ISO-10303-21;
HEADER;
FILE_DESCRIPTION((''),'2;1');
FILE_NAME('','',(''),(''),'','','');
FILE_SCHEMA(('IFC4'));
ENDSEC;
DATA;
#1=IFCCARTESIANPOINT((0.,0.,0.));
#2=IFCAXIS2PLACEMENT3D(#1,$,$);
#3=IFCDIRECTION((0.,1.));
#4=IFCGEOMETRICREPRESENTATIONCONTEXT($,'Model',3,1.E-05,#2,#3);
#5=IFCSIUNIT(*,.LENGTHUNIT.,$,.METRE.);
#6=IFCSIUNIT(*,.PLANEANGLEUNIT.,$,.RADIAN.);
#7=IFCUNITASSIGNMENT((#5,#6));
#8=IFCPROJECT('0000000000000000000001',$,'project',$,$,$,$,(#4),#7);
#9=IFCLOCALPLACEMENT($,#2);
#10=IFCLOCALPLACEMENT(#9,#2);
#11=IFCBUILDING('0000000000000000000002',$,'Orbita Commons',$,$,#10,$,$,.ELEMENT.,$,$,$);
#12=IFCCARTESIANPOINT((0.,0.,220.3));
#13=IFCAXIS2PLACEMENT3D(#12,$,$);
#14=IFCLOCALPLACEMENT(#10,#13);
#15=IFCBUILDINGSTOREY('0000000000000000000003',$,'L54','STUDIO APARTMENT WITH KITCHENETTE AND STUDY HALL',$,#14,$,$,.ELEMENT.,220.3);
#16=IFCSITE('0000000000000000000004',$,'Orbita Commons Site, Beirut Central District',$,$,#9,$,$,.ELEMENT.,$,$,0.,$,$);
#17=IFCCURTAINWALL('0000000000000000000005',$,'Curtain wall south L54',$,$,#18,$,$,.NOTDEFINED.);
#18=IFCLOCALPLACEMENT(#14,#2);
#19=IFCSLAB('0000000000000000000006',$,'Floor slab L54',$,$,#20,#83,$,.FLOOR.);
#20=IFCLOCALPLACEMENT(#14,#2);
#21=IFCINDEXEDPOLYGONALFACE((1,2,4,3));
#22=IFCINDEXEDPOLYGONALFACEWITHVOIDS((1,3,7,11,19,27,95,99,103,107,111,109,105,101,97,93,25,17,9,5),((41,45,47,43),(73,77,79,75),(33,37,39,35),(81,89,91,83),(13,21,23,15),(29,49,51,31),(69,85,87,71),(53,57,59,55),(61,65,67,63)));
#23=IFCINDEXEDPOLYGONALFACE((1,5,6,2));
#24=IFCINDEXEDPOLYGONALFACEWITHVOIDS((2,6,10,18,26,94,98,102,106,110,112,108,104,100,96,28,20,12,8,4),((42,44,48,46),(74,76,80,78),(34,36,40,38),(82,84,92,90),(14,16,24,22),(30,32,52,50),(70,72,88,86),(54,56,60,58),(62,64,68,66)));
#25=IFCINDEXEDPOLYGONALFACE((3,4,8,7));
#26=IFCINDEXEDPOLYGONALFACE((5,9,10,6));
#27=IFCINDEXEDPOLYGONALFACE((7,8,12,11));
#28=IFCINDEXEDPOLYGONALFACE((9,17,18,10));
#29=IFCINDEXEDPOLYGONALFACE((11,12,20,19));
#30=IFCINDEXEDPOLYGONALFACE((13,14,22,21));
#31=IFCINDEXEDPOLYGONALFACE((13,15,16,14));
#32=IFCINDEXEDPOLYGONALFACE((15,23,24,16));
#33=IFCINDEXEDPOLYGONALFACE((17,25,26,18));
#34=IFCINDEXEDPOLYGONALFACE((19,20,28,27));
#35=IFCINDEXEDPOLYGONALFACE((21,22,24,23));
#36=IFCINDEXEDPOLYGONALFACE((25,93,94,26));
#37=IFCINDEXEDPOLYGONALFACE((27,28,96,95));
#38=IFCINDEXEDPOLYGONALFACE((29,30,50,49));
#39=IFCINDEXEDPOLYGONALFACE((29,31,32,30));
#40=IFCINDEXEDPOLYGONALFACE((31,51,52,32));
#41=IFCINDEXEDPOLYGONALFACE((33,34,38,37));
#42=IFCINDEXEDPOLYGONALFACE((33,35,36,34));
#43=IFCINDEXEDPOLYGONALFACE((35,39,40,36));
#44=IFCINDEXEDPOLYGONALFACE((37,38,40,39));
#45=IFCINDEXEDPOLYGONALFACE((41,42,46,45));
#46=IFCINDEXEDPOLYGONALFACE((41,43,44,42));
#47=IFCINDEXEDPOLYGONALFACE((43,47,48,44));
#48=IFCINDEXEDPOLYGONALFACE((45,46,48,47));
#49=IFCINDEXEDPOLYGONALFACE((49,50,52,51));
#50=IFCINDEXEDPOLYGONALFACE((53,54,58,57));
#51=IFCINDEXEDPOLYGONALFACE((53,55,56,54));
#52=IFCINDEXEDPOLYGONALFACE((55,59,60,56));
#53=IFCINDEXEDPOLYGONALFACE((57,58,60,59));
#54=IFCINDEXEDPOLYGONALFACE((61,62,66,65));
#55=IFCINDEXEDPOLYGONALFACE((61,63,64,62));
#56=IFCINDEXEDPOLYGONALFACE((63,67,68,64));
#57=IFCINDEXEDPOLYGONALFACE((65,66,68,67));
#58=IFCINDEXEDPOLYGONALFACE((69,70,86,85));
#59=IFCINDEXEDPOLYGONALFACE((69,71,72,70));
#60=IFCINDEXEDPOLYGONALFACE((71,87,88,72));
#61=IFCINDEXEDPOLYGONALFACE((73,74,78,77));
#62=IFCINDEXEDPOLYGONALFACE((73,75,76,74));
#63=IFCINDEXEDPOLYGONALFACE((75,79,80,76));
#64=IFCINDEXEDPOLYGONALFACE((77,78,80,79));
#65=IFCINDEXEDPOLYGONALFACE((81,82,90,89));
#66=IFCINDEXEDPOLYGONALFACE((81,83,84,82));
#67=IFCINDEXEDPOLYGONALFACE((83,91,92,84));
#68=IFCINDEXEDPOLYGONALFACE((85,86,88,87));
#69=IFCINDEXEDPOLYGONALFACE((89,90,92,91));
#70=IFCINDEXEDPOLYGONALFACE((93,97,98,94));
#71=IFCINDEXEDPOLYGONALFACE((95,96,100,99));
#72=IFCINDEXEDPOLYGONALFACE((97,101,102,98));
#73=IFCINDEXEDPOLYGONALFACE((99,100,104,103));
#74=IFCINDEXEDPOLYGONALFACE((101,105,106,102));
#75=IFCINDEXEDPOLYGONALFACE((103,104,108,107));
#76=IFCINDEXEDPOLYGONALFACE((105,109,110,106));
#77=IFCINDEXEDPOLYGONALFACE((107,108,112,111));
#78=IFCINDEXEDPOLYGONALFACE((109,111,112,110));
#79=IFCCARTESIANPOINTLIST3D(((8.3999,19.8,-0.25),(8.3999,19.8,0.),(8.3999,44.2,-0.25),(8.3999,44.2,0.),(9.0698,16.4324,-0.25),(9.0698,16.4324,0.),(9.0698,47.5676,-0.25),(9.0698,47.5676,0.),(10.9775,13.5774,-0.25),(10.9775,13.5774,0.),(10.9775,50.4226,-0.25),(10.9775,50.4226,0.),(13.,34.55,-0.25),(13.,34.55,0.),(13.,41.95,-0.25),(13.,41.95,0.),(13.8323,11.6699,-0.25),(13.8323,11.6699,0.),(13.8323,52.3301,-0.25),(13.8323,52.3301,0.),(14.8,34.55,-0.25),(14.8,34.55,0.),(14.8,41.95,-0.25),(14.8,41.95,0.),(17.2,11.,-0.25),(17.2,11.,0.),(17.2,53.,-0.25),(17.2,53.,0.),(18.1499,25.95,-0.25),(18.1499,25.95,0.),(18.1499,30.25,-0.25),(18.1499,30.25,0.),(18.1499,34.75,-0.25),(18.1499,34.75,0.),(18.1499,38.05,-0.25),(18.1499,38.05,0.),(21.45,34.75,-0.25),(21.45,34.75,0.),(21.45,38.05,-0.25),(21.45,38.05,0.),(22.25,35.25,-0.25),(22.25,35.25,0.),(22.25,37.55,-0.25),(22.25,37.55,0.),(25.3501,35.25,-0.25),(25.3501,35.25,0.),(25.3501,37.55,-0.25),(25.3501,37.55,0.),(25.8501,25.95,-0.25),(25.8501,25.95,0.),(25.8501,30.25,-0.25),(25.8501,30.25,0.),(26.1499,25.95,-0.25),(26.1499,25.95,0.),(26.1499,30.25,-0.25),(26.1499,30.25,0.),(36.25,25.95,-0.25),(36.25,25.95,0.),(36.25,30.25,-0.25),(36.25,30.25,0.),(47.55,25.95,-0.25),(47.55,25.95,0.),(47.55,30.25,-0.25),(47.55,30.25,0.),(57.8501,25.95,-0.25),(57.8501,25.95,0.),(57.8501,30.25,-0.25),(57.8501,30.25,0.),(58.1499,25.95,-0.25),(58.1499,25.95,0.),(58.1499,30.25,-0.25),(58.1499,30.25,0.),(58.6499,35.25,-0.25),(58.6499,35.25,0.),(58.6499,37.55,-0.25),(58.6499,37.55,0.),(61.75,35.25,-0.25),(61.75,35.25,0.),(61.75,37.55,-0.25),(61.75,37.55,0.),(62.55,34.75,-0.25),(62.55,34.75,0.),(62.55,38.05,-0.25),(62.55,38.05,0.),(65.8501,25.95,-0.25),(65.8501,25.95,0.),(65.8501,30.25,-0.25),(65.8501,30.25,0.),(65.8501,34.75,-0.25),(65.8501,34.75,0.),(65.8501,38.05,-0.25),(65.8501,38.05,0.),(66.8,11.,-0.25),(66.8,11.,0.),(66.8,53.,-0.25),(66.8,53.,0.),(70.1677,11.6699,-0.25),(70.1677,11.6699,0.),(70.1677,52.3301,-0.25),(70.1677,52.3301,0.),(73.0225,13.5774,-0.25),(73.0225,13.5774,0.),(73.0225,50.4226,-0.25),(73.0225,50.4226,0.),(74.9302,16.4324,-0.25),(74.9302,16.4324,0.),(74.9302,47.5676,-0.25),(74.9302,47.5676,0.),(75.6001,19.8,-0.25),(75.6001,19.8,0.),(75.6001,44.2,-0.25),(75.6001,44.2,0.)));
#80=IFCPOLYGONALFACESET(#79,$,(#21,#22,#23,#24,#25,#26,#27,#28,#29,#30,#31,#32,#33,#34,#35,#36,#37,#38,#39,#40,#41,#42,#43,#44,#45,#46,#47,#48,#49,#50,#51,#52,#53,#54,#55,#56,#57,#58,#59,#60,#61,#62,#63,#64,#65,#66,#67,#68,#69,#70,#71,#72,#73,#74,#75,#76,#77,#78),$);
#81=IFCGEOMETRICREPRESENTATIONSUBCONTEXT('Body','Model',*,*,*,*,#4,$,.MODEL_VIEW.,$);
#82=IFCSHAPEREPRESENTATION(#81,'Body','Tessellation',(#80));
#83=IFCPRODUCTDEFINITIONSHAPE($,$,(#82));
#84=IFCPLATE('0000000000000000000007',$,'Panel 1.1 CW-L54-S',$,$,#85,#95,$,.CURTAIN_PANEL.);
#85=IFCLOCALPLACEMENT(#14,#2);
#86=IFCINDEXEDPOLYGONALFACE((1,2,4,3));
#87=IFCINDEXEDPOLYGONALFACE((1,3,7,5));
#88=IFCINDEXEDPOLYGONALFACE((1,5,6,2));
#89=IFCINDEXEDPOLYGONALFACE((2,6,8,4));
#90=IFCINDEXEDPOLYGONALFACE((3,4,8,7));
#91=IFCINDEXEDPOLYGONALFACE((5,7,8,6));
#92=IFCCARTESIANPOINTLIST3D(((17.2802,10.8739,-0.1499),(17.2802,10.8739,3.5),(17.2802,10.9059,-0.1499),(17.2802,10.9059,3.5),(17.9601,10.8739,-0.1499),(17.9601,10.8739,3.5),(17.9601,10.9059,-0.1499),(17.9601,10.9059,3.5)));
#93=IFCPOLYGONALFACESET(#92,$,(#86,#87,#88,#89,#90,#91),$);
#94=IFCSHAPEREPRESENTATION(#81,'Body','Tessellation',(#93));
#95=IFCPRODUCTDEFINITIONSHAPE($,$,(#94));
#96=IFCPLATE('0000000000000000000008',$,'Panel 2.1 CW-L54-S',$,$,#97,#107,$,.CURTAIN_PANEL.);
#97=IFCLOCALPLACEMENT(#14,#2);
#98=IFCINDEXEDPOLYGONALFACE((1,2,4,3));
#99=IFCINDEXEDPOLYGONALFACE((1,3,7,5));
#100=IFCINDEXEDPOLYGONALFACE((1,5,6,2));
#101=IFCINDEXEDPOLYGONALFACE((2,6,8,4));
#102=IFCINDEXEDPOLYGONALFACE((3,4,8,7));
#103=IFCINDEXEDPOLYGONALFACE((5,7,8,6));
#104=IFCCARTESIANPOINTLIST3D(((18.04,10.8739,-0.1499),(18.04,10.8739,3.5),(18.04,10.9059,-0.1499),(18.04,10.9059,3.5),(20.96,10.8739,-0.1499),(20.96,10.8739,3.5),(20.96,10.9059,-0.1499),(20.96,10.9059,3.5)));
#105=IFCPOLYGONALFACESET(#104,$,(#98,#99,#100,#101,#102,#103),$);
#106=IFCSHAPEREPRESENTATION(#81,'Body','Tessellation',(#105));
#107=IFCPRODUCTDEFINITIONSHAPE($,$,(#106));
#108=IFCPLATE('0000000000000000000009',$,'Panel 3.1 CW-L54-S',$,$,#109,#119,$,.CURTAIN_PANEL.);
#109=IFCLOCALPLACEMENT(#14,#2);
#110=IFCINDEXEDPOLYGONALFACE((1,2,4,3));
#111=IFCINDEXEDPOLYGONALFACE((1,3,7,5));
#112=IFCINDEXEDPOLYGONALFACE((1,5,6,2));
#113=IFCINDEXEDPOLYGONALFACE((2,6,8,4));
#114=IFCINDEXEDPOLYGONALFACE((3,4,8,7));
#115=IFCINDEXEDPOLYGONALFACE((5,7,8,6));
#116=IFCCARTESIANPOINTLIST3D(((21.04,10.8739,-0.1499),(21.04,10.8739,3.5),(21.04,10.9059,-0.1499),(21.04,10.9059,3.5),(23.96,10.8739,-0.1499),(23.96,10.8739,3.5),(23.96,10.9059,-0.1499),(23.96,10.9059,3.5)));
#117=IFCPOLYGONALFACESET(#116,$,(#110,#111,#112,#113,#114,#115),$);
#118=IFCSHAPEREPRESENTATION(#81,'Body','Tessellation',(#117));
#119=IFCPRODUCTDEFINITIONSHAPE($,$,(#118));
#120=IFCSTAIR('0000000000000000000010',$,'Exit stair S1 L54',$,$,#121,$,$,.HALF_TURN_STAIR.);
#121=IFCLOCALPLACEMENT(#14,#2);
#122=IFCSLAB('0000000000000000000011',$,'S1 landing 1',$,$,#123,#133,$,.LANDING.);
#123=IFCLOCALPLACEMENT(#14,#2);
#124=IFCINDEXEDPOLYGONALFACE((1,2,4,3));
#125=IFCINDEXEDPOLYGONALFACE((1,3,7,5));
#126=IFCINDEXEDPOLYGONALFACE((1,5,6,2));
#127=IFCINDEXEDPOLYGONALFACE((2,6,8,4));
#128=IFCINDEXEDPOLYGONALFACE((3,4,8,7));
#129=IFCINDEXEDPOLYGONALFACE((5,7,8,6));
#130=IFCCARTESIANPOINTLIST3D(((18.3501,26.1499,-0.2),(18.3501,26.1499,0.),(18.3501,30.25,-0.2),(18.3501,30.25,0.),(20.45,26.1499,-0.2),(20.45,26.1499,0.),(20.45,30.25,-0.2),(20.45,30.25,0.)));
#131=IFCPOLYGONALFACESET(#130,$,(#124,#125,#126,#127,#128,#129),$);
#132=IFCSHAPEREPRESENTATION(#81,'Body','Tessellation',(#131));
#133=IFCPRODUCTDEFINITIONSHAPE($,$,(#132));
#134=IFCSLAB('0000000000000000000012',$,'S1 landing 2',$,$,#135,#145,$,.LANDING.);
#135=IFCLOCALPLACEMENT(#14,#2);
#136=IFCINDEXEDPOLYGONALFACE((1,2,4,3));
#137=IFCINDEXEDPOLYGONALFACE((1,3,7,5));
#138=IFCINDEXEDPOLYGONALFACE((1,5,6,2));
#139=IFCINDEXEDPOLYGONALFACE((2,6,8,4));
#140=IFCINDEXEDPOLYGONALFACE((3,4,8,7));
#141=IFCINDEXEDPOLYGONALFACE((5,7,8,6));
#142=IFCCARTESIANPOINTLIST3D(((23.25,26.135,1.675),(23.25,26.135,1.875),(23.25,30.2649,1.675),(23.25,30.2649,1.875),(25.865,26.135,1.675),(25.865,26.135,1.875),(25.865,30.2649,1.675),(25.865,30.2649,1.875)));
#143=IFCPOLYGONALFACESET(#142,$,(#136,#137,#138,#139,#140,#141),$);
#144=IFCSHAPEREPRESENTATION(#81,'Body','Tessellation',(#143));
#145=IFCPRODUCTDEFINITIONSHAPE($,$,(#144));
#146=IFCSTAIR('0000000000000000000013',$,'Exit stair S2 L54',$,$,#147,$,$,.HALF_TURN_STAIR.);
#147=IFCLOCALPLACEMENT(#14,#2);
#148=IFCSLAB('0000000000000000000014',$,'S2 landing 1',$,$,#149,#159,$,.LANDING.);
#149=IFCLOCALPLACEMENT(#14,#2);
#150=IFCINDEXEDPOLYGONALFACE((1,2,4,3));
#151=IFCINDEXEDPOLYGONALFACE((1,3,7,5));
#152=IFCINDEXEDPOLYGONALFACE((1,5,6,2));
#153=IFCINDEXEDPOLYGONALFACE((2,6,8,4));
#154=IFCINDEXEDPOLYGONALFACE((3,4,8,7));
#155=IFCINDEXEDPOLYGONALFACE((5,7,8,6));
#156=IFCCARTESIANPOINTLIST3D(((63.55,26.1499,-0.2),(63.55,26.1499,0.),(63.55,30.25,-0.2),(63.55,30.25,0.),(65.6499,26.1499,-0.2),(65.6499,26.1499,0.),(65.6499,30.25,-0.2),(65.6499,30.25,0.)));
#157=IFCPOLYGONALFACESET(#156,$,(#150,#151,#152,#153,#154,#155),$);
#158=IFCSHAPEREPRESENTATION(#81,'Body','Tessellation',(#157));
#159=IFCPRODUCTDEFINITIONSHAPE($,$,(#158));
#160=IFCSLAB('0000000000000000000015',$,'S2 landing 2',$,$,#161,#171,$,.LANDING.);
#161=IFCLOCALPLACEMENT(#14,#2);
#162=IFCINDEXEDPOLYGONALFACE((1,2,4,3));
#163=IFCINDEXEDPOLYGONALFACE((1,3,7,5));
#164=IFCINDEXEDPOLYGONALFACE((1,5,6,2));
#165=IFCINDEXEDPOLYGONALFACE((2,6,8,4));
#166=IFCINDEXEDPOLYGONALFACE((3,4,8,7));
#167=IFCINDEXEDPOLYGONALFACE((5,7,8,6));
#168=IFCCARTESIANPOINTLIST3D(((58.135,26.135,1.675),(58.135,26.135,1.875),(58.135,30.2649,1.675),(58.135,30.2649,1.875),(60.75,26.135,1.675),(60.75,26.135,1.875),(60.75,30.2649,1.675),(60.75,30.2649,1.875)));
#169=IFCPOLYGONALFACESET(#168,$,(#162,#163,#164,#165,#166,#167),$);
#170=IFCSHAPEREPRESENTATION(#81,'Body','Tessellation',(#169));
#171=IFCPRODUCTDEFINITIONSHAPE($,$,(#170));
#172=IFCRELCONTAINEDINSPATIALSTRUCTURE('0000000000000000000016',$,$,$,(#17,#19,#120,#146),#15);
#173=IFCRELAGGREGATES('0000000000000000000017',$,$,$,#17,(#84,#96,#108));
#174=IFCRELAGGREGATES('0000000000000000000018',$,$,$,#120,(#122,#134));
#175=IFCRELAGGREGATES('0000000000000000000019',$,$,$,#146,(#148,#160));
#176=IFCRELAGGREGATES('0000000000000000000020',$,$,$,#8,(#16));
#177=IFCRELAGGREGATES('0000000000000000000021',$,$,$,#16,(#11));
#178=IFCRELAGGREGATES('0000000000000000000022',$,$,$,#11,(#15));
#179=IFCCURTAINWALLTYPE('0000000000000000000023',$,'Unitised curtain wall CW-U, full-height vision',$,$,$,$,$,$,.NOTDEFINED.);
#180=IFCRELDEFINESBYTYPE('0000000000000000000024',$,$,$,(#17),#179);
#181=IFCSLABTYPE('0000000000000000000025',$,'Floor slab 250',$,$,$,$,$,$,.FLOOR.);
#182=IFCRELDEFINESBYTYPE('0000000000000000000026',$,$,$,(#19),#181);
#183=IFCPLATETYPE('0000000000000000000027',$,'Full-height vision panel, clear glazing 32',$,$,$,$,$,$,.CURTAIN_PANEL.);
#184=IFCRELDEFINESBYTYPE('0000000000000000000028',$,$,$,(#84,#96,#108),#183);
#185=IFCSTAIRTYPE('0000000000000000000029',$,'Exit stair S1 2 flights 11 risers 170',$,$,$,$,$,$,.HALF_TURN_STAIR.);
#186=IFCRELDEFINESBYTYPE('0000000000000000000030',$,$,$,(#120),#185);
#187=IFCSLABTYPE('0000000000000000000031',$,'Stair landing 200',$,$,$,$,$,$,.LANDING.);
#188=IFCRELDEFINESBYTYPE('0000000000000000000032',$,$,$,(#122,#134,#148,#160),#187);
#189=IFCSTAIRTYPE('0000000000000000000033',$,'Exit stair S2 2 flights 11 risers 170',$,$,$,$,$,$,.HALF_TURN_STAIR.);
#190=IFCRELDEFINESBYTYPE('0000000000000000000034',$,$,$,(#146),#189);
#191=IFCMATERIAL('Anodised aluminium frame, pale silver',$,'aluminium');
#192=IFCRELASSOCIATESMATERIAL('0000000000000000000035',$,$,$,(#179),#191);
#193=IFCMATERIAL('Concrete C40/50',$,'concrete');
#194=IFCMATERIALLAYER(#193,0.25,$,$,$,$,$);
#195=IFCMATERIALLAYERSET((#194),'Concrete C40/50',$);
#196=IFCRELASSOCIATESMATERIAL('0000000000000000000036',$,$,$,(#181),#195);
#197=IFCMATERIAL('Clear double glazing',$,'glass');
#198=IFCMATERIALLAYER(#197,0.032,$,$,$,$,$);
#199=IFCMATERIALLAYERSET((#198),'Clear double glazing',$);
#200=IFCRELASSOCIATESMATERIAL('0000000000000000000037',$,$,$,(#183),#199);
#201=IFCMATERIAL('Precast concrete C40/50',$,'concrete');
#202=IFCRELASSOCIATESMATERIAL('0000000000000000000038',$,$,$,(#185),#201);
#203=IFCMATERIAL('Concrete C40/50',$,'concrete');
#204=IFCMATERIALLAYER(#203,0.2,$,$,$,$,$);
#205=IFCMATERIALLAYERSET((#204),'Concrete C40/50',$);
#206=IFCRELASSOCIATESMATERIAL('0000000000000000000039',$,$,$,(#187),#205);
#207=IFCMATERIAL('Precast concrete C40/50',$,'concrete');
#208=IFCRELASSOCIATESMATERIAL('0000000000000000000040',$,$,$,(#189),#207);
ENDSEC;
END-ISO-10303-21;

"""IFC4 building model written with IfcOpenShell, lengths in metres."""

from ifc_helpers import new_model, si_unit, direction, frame, origin, origin_2d, place, context, subcontext, project, spatial, polyline, rectangle, outline, extrude, material, layer, layer_set, type_object, element, aggregate, save


model = new_model("IFC4")

# Units and contexts
model_context = context("Model", 3, precision=1e-05, world=origin(), true_north=direction((0.0, 1.0)))
body_context = subcontext(model_context, "Body", "Model", "MODEL_VIEW")
ifc_project = project(units=[si_unit("LENGTHUNIT", "METRE"), si_unit("PLANEANGLEUNIT", "RADIAN")], contexts=[model_context])

# Site, building, storey
site_placement = place(None, origin())
site = spatial("IfcSite", under=ifc_project, at=site_placement, Name="Orbita Commons Site, Beirut Central District", CompositionType="ELEMENT", RefElevation=0.0)
building_placement = place(site_placement, origin())
building = spatial("IfcBuilding", under=site, at=building_placement, Name="Orbita Commons", CompositionType="ELEMENT")
storey_placement = place(building_placement, frame((0.0, 0.0, 220.3)))
storey = spatial("IfcBuildingStorey", under=building, at=storey_placement, Name="L54", Description="STUDIO APARTMENT WITH KITCHENETTE AND STUDY HALL", CompositionType="ELEMENT", Elevation=220.3)

# Curtain wall
ifc_material_1 = material(Name="Anodised aluminium frame, pale silver", Category="aluminium")
curtain_wall_type = type_object("IfcCurtainWallType", Name="Unitised curtain wall CW-U, full-height vision", PredefinedType="NOTDEFINED", material=ifc_material_1)
curtain_wall_placement = place(storey_placement, origin())
curtain_wall = element("IfcCurtainWall", 1, at=curtain_wall_placement, inside=storey, type_object=curtain_wall_type, Name="Curtain wall south L54", PredefinedType="NOTDEFINED")

# Slab
ifc_material_2 = material(Name="Concrete C40/50", Category="concrete")
ifc_layer_1 = layer(ifc_material_2, 0.25)
ifc_layer_set_1 = layer_set([ifc_layer_1], Name="Concrete C40/50")
slab_type_1 = type_object("IfcSlabType", Name="Floor slab 250", PredefinedType="FLOOR", material=ifc_layer_set_1)
slab_1_placement = place(storey_placement, frame((0.0, 0.0, -0.25)))
element("IfcSlab", 2, at=slab_1_placement, inside=storey, type_object=slab_type_1, Name="Floor slab L54", PredefinedType="FLOOR", context=body_context, shape_type="SweptSolid", body=[
    extrude(outline(polyline([(66.8, 11.0), (70.1677, 11.6699), (73.0225, 13.5774), (74.9302, 16.4324), (75.6001, 19.8), (75.6001, 44.2), (74.9302, 47.5676), (73.0225, 50.4226), (70.1677, 52.3301), (66.8, 53.0), (17.2, 53.0), (13.8323, 52.3301), (10.9775, 50.4226), (9.0698, 47.5676), (8.3999, 44.2), (8.3999, 19.8), (9.0698, 16.4324), (10.9775, 13.5774), (13.8323, 11.6699), (17.2, 11.0), (66.8, 11.0)]), holes=[polyline([(18.1499, 25.95), (25.8501, 25.95), (25.8501, 30.25), (18.1499, 30.25), (18.1499, 25.95)]), polyline([(58.1499, 25.95), (65.8501, 25.95), (65.8501, 30.25), (58.1499, 30.25), (58.1499, 25.95)]), polyline([(18.1499, 34.75), (21.45, 34.75), (21.45, 38.05), (18.1499, 38.05), (18.1499, 34.75)]), polyline([(62.55, 34.75), (65.8501, 34.75), (65.8501, 38.05), (62.55, 38.05), (62.55, 34.75)]), polyline([(22.25, 35.25), (25.3501, 35.25), (25.3501, 37.55), (22.25, 37.55), (22.25, 35.25)]), polyline([(58.6499, 35.25), (61.75, 35.25), (61.75, 37.55), (58.6499, 37.55), (58.6499, 35.25)]), polyline([(26.1499, 25.95), (36.25, 25.95), (36.25, 30.25), (26.1499, 30.25), (26.1499, 25.95)]), polyline([(47.55, 25.95), (57.8501, 25.95), (57.8501, 30.25), (47.55, 30.25), (47.55, 25.95)]), polyline([(13.0, 34.55), (14.8, 34.55), (14.8, 41.95), (13.0, 41.95), (13.0, 34.55)])]), origin(), (0.0, 0.0, 1.0), 0.25),
])

# Plates
ifc_material_3 = material(Name="Clear double glazing", Category="glass")
ifc_layer_2 = layer(ifc_material_3, 0.032)
ifc_layer_set_2 = layer_set([ifc_layer_2], Name="Clear double glazing")
plate_type = type_object("IfcPlateType", Name="Full-height vision panel, clear glazing 32", PredefinedType="CURTAIN_PANEL", material=ifc_layer_set_2)
plate_1_placement = place(storey_placement, frame((17.6201, 10.8899, -0.1499), z_axis=(0.0, 0.0, 1.0), x_axis=(1.0, 0.0, 0.0)))
plate_1 = element("IfcPlate", 3, at=plate_1_placement, type_object=plate_type, Name="Panel 1.1 CW-L54-S", PredefinedType="CURTAIN_PANEL", context=body_context, shape_type="SweptSolid", body=[
    extrude(rectangle(XDim=0.6799, YDim=0.032, at=origin_2d()), origin(), (0.0, 0.0, 1.0), 3.6499),
])
plate_2_placement = place(storey_placement, frame((19.5, 10.8899, -0.1499), z_axis=(0.0, 0.0, 1.0), x_axis=(1.0, 0.0, 0.0)))
plate_2 = element("IfcPlate", 4, at=plate_2_placement, type_object=plate_type, Name="Panel 2.1 CW-L54-S", PredefinedType="CURTAIN_PANEL", context=body_context, shape_type="SweptSolid", body=[
    extrude(rectangle(XDim=2.9199, YDim=0.032, at=origin_2d()), origin(), (0.0, 0.0, 1.0), 3.6499),
])
plate_3_placement = place(storey_placement, frame((22.5, 10.8899, -0.1499), z_axis=(0.0, 0.0, 1.0), x_axis=(1.0, 0.0, 0.0)))
plate_3 = element("IfcPlate", 5, at=plate_3_placement, type_object=plate_type, Name="Panel 3.1 CW-L54-S", PredefinedType="CURTAIN_PANEL", context=body_context, shape_type="SweptSolid", body=[
    extrude(rectangle(XDim=2.9199, YDim=0.032, at=origin_2d()), origin(), (0.0, 0.0, 1.0), 3.6499),
])
aggregate(curtain_wall, [plate_1, plate_2, plate_3])

# Stairs, slabs
ifc_material_4 = material(Name="Precast concrete C40/50", Category="concrete")
stair_type_1 = type_object("IfcStairType", Name="Exit stair S1 2 flights 11 risers 170", PredefinedType="HALF_TURN_STAIR", material=ifc_material_4)
stair_1_placement = place(storey_placement, origin())
stair_1 = element("IfcStair", 6, at=stair_1_placement, inside=storey, type_object=stair_type_1, Name="Exit stair S1 L54", PredefinedType="HALF_TURN_STAIR")
ifc_material_5 = material(Name="Concrete C40/50", Category="concrete")
ifc_layer_3 = layer(ifc_material_5, 0.2)
ifc_layer_set_3 = layer_set([ifc_layer_3], Name="Concrete C40/50")
slab_type_2 = type_object("IfcSlabType", Name="Stair landing 200", PredefinedType="LANDING", material=ifc_layer_set_3)
slab_2_placement = place(storey_placement, frame((0.0, 0.0, -0.2)))
slab_2 = element("IfcSlab", 7, at=slab_2_placement, type_object=slab_type_2, Name="S1 landing 1", PredefinedType="LANDING", context=body_context, shape_type="SweptSolid", body=[
    extrude(outline(polyline([(18.3501, 26.1499), (20.45, 26.1499), (20.45, 30.25), (18.3501, 30.25), (18.3501, 26.1499)])), origin(), (0.0, 0.0, 1.0), 0.2),
])
slab_3_placement = place(storey_placement, frame((0.0, 0.0, 1.675)))
slab_3 = element("IfcSlab", 8, at=slab_3_placement, type_object=slab_type_2, Name="S1 landing 2", PredefinedType="LANDING", context=body_context, shape_type="SweptSolid", body=[
    extrude(outline(polyline([(23.25, 26.135), (25.865, 26.135), (25.865, 30.2649), (23.25, 30.2649), (23.25, 26.135)])), origin(), (0.0, 0.0, 1.0), 0.2),
])
aggregate(stair_1, [slab_2, slab_3])
ifc_material_6 = material(Name="Precast concrete C40/50", Category="concrete")
stair_type_2 = type_object("IfcStairType", Name="Exit stair S2 2 flights 11 risers 170", PredefinedType="HALF_TURN_STAIR", material=ifc_material_6)
stair_2_placement = place(storey_placement, origin())
stair_2 = element("IfcStair", 9, at=stair_2_placement, inside=storey, type_object=stair_type_2, Name="Exit stair S2 L54", PredefinedType="HALF_TURN_STAIR")
slab_4_placement = place(storey_placement, frame((0.0, 0.0, -0.2)))
slab_4 = element("IfcSlab", 10, at=slab_4_placement, type_object=slab_type_2, Name="S2 landing 1", PredefinedType="LANDING", context=body_context, shape_type="SweptSolid", body=[
    extrude(outline(polyline([(63.55, 26.1499), (65.6499, 26.1499), (65.6499, 30.25), (63.55, 30.25), (63.55, 26.1499)])), origin(), (0.0, 0.0, 1.0), 0.2),
])
slab_5_placement = place(storey_placement, frame((0.0, 0.0, 1.675)))
slab_5 = element("IfcSlab", 11, at=slab_5_placement, type_object=slab_type_2, Name="S2 landing 2", PredefinedType="LANDING", context=body_context, shape_type="SweptSolid", body=[
    extrude(outline(polyline([(58.135, 26.135), (60.75, 26.135), (60.75, 30.2649), (58.135, 30.2649), (58.135, 26.135)])), origin(), (0.0, 0.0, 1.0), 0.2),
])
aggregate(stair_2, [slab_4, slab_5])

save(model, "model.ifc")
